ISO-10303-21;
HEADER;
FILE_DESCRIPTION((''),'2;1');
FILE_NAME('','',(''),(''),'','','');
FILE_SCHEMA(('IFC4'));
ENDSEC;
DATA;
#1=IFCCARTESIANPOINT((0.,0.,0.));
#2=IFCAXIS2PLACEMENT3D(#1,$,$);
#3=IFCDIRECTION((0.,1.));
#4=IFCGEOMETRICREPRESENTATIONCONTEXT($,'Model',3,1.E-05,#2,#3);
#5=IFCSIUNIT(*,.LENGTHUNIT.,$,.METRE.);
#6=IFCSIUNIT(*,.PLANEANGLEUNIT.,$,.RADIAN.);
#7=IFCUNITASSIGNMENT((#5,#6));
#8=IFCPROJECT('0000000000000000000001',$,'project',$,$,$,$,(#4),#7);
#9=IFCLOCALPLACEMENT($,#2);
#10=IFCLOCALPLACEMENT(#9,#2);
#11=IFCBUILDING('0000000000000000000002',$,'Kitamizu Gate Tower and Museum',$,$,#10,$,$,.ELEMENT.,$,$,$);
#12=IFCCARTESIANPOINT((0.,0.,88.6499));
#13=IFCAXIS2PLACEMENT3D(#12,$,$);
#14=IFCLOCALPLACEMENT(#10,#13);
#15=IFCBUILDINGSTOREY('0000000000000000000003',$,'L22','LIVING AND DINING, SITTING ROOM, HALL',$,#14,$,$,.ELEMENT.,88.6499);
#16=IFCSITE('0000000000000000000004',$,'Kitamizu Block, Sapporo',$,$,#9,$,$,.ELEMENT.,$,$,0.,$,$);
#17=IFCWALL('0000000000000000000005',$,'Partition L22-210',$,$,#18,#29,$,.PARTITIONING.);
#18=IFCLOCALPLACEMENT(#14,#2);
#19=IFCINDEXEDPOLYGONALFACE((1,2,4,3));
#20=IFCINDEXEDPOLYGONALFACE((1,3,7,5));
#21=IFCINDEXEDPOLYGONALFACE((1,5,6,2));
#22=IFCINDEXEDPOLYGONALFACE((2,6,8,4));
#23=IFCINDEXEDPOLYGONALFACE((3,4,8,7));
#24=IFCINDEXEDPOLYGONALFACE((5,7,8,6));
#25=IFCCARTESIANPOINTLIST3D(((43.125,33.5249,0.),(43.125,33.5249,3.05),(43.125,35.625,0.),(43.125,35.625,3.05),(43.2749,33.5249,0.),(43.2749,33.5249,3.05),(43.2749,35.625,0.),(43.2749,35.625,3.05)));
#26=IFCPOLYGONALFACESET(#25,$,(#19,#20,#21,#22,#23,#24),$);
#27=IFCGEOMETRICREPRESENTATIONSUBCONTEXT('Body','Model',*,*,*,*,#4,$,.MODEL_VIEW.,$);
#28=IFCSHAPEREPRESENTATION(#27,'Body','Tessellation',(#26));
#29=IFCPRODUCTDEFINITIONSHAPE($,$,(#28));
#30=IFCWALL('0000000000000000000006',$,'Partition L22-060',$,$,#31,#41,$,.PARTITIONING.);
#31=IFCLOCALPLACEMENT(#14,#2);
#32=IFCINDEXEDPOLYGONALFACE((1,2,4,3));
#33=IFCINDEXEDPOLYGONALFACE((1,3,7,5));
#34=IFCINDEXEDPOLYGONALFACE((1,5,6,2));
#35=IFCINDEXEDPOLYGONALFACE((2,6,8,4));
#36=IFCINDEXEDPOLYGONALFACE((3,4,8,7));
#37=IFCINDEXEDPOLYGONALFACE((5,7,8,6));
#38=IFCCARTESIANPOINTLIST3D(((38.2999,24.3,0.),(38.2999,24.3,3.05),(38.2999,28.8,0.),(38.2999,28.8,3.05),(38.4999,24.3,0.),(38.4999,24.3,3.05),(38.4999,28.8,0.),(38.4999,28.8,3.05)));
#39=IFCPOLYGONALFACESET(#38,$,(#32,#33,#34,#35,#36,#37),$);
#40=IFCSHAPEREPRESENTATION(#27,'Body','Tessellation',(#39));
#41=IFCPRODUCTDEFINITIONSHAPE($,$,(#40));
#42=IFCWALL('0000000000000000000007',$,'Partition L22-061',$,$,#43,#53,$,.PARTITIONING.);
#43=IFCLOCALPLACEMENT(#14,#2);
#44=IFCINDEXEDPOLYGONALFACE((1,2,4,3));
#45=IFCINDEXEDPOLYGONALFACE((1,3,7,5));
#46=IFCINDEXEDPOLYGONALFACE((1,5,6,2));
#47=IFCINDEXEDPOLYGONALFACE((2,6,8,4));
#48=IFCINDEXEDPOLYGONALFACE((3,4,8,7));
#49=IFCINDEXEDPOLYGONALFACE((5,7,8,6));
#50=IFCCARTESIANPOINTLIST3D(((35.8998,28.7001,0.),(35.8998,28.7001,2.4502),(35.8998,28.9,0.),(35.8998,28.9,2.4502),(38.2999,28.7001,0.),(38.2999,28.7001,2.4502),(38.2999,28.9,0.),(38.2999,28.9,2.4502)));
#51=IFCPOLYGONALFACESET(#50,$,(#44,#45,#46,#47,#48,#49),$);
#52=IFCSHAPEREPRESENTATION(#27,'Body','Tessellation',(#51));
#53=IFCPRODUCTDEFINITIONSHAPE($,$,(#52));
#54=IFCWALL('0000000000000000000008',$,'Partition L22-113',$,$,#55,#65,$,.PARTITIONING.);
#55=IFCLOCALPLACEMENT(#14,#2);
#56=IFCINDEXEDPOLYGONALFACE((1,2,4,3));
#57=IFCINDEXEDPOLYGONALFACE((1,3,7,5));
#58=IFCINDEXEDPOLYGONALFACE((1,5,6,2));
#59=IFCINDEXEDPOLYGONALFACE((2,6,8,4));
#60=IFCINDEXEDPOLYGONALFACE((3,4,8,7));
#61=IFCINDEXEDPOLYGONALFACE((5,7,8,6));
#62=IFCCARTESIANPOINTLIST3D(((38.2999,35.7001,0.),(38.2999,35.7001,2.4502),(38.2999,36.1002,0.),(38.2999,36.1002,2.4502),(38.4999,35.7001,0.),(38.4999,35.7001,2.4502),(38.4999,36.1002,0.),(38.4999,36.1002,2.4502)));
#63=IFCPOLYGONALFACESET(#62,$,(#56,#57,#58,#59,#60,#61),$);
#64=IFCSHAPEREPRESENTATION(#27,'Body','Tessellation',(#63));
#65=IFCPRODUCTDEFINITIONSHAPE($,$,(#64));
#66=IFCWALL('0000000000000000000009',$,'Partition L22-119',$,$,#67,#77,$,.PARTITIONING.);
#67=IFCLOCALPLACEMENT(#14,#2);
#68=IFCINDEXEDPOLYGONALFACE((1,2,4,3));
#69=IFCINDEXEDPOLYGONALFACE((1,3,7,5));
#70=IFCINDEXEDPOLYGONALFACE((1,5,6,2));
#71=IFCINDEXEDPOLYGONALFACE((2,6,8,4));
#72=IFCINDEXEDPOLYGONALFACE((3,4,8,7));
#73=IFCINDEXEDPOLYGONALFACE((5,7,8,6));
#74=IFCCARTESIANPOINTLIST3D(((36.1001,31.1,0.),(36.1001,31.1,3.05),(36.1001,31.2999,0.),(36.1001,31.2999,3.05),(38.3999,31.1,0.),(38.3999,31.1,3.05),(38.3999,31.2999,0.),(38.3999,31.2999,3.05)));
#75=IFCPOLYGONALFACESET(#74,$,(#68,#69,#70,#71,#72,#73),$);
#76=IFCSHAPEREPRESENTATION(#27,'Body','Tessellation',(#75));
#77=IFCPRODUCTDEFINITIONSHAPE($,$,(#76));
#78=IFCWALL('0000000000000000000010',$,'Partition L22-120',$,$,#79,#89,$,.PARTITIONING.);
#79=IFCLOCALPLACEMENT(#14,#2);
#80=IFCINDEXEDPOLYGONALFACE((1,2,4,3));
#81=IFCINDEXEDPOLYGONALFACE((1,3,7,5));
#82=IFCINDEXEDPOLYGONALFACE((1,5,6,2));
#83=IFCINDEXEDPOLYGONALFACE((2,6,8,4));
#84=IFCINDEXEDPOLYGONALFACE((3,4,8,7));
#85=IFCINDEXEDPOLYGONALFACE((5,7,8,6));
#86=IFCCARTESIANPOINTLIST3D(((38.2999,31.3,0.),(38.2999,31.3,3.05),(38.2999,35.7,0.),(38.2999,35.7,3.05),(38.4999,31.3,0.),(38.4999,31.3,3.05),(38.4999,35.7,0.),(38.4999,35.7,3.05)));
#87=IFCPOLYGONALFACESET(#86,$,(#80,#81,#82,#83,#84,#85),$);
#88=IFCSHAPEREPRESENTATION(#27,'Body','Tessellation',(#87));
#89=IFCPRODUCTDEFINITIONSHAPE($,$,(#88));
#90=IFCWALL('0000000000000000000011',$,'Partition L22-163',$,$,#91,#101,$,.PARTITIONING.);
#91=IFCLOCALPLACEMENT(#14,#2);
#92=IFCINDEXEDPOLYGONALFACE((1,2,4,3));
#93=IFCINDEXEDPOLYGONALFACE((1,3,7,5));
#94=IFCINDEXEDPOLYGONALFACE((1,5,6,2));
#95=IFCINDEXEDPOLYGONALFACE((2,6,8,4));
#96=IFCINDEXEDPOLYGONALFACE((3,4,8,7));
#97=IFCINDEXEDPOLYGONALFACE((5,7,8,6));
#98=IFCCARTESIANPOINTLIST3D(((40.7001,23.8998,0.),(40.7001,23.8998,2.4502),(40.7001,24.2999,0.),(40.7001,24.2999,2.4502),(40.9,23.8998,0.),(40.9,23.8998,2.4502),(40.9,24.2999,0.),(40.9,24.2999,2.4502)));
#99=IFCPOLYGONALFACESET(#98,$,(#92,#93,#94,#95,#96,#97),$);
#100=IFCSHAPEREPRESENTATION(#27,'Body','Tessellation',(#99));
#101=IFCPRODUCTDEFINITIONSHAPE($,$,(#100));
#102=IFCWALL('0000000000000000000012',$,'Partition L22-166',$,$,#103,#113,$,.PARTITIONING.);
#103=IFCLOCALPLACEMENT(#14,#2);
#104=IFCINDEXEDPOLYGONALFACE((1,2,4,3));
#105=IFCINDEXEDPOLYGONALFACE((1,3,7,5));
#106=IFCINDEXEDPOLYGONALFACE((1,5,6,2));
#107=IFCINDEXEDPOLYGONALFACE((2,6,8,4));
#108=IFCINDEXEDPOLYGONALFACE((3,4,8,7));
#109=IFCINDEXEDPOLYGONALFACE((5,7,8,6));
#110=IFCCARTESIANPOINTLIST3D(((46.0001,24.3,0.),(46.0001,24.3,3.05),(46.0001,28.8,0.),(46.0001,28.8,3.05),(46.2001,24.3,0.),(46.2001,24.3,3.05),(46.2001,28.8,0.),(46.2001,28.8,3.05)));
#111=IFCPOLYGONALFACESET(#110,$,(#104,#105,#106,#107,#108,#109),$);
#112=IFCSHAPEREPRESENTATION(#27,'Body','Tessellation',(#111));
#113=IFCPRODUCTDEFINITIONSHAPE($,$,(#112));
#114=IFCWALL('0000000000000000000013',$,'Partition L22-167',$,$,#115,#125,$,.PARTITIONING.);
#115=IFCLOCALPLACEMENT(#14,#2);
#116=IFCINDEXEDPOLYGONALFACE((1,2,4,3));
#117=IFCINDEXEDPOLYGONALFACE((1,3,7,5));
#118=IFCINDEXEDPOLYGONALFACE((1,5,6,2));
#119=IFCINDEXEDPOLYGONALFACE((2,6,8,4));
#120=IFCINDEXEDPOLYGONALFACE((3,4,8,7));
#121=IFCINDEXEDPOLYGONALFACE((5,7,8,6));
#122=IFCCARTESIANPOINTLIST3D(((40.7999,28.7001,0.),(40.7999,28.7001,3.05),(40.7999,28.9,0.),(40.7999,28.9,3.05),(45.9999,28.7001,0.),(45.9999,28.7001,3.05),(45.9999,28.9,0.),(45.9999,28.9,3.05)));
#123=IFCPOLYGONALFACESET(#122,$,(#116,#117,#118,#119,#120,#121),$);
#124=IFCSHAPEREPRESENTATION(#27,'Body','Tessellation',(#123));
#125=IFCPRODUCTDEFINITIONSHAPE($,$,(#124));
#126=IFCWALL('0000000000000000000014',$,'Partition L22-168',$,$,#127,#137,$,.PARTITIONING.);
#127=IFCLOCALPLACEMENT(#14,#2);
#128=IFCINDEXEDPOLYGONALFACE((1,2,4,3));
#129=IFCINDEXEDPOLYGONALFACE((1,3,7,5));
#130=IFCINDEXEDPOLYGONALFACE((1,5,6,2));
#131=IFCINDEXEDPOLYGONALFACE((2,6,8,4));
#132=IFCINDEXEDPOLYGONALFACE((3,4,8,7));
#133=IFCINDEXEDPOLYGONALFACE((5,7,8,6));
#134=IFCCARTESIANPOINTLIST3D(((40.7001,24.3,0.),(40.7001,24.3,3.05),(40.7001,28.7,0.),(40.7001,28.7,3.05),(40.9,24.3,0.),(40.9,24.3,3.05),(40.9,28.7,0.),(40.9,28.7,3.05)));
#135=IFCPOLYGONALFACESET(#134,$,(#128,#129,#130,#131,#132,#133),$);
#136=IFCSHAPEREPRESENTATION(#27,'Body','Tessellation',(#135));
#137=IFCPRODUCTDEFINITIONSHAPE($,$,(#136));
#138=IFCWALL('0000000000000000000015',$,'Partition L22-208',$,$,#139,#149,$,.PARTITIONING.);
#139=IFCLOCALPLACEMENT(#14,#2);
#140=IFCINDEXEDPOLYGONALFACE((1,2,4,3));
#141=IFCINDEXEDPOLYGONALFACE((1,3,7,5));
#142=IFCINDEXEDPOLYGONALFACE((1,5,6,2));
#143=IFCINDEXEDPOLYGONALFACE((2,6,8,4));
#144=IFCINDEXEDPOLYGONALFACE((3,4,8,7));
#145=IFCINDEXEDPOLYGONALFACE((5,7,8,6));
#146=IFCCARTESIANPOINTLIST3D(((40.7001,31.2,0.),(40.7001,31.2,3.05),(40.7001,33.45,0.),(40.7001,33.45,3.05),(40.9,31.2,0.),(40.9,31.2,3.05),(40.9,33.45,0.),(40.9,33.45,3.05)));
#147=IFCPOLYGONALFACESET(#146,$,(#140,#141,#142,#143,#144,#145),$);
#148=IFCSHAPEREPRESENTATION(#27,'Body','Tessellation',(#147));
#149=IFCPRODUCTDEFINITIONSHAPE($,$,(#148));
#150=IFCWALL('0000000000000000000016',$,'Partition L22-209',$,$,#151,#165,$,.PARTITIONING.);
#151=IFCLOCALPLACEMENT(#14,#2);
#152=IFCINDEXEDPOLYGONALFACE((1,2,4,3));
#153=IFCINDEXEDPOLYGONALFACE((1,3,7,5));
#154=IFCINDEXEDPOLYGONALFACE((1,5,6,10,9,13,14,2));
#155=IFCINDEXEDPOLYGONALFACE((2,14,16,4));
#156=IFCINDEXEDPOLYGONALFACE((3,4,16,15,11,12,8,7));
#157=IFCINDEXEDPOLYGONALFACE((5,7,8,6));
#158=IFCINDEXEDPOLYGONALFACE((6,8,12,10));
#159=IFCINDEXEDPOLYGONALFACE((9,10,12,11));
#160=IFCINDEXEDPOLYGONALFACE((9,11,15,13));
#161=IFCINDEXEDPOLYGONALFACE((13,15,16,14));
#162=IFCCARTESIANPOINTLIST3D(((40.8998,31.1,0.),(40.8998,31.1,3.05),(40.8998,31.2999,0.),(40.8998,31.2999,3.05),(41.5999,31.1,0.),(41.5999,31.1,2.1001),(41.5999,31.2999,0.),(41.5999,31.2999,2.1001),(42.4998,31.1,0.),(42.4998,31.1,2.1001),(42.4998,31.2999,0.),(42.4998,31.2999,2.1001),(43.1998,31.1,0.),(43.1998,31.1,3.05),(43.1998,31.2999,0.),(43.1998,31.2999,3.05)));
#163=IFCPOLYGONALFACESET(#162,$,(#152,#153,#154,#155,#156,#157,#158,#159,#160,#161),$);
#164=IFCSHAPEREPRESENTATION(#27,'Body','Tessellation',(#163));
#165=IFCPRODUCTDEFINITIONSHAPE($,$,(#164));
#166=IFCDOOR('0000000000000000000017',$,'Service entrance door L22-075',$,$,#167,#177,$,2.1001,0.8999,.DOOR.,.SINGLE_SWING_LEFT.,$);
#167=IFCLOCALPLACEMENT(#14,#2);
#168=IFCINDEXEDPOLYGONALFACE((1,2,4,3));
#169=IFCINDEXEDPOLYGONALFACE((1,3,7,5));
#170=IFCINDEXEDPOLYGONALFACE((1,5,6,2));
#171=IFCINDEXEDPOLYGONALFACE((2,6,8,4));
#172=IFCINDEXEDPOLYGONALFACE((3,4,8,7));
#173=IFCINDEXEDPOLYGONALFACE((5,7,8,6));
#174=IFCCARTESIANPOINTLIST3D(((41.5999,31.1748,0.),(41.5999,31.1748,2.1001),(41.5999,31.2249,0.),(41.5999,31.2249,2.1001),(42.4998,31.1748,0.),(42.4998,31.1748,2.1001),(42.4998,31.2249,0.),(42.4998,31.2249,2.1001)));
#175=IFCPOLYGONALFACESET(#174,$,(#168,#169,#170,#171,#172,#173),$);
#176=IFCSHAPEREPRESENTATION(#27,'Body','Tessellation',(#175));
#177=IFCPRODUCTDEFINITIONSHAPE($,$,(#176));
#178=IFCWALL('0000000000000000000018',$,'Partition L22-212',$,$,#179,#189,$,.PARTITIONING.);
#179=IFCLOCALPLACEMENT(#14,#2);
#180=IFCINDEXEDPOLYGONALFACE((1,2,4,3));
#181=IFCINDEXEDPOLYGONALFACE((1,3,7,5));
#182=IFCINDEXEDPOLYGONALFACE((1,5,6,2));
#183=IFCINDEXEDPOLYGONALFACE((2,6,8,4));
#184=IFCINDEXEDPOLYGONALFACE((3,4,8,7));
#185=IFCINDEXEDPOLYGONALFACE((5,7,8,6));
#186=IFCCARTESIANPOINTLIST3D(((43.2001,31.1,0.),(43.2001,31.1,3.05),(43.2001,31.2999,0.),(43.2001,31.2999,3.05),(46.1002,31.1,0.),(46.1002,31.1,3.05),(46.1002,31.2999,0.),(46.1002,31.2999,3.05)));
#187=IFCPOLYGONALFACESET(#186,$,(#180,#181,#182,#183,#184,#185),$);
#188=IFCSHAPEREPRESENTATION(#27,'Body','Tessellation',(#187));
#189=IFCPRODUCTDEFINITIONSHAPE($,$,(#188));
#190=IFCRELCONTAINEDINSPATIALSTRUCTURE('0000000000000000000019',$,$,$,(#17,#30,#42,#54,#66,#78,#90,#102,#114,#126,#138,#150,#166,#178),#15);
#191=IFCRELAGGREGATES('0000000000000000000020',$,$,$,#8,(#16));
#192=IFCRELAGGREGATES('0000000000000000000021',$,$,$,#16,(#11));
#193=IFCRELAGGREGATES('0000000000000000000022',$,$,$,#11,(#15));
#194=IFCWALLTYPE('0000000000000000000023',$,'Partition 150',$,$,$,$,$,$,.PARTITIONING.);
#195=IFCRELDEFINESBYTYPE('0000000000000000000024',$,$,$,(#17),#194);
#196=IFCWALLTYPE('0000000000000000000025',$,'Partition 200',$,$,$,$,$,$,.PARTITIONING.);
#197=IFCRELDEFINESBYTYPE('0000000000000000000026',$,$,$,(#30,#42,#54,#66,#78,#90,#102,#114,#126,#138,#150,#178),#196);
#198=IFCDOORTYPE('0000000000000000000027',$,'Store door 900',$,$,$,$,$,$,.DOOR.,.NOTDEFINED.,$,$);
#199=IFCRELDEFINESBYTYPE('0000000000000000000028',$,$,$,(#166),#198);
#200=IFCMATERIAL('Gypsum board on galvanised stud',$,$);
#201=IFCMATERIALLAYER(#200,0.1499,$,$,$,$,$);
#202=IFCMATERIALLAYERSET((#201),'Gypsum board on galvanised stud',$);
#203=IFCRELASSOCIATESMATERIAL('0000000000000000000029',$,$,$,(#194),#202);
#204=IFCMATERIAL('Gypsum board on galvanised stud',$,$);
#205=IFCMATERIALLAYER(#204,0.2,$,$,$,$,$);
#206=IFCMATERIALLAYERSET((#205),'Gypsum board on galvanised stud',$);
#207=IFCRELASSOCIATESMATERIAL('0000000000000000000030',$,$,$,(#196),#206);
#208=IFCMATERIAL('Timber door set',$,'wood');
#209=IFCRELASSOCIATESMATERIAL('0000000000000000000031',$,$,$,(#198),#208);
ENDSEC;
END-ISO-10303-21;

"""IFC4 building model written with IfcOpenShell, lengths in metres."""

from ifc_helpers import new_model, si_unit, direction, frame, frame_2d, origin, place, context, subcontext, project, spatial, rectangle, extrude, material, layer, layer_set, type_object, element, fill, save


model = new_model("IFC4")

# Units and contexts
model_context = context("Model", 3, precision=1e-05, world=origin(), true_north=direction((0.0, 1.0)))
body_context = subcontext(model_context, "Body", "Model", "MODEL_VIEW")
ifc_project = project(units=[si_unit("LENGTHUNIT", "METRE"), si_unit("PLANEANGLEUNIT", "RADIAN")], contexts=[model_context])

# Site, building, storey
site_placement = place(None, origin())
site = spatial("IfcSite", under=ifc_project, at=site_placement, Name="Kitamizu Block, Sapporo", CompositionType="ELEMENT", RefElevation=0.0)
building_placement = place(site_placement, origin())
building = spatial("IfcBuilding", under=site, at=building_placement, Name="Kitamizu Gate Tower and Museum", CompositionType="ELEMENT")
storey_placement = place(building_placement, frame((0.0, 0.0, 88.6499)))
storey = spatial("IfcBuildingStorey", under=building, at=storey_placement, Name="L22", Description="LIVING AND DINING, SITTING ROOM, HALL", CompositionType="ELEMENT", Elevation=88.6499)

# Walls
ifc_material_1 = material(Name="Gypsum board on galvanised stud")
ifc_layer_1 = layer(ifc_material_1, 0.1499)
ifc_layer_set_1 = layer_set([ifc_layer_1], Name="Gypsum board on galvanised stud")
wall_type_1 = type_object("IfcWallType", Name="Partition 150", PredefinedType="PARTITIONING", material=ifc_layer_set_1)
wall_1_placement = place(storey_placement, frame((43.2, 33.5249, 0.0), z_axis=(0.0, 0.0, 1.0), x_axis=(0.0, 1.0, 0.0)))
element("IfcWall", 1, at=wall_1_placement, inside=storey, type_object=wall_type_1, Name="Partition L22-210", PredefinedType="PARTITIONING", context=body_context, shape_type="SweptSolid", body=[
    extrude(rectangle(XDim=2.1001, YDim=0.1499, at=frame_2d((1.05, 0.0))), origin(), (0.0, 0.0, 1.0), 3.05),
])
ifc_material_2 = material(Name="Gypsum board on galvanised stud")
ifc_layer_2 = layer(ifc_material_2, 0.2)
ifc_layer_set_2 = layer_set([ifc_layer_2], Name="Gypsum board on galvanised stud")
wall_type_2 = type_object("IfcWallType", Name="Partition 200", PredefinedType="PARTITIONING", material=ifc_layer_set_2)
wall_2_placement = place(storey_placement, frame((38.3999, 24.3, 0.0), z_axis=(0.0, 0.0, 1.0), x_axis=(0.0, 1.0, 0.0)))
element("IfcWall", 2, at=wall_2_placement, inside=storey, type_object=wall_type_2, Name="Partition L22-060", PredefinedType="PARTITIONING", context=body_context, shape_type="SweptSolid", body=[
    extrude(rectangle(XDim=4.5, YDim=0.2, at=frame_2d((2.25, 0.0))), origin(), (0.0, 0.0, 1.0), 3.05),
])
wall_3_placement = place(storey_placement, frame((38.3, 28.8, 0.0), z_axis=(0.0, 0.0, 1.0), x_axis=(-1.0, 0.0, 0.0)))
element("IfcWall", 3, at=wall_3_placement, inside=storey, type_object=wall_type_2, Name="Partition L22-061", PredefinedType="PARTITIONING", context=body_context, shape_type="SweptSolid", body=[
    extrude(rectangle(XDim=2.4001, YDim=0.2, at=frame_2d((1.2002, 0.0))), origin(), (0.0, 0.0, 1.0), 2.4502),
])
wall_4_placement = place(storey_placement, frame((38.3999, 35.7, 0.0), z_axis=(0.0, 0.0, 1.0), x_axis=(0.0, 1.0, 0.0)))
element("IfcWall", 4, at=wall_4_placement, inside=storey, type_object=wall_type_2, Name="Partition L22-113", PredefinedType="PARTITIONING", context=body_context, shape_type="SweptSolid", body=[
    extrude(rectangle(XDim=0.4001, YDim=0.2, at=frame_2d((0.2002, 0.0))), origin(), (0.0, 0.0, 1.0), 2.4502),
])
wall_5_placement = place(storey_placement, frame((36.1001, 31.2, 0.0), z_axis=(0.0, 0.0, 1.0), x_axis=(1.0, 0.0, 0.0)))
element("IfcWall", 5, at=wall_5_placement, inside=storey, type_object=wall_type_2, Name="Partition L22-119", PredefinedType="PARTITIONING", context=body_context, shape_type="SweptSolid", body=[
    extrude(rectangle(XDim=2.2998, YDim=0.2, at=frame_2d((1.1499, 0.0))), origin(), (0.0, 0.0, 1.0), 3.05),
])
wall_6_placement = place(storey_placement, frame((38.3999, 31.3, 0.0), z_axis=(0.0, 0.0, 1.0), x_axis=(0.0, 1.0, 0.0)))
element("IfcWall", 6, at=wall_6_placement, inside=storey, type_object=wall_type_2, Name="Partition L22-120", PredefinedType="PARTITIONING", context=body_context, shape_type="SweptSolid", body=[
    extrude(rectangle(XDim=4.3999, YDim=0.2, at=frame_2d((2.2, 0.0))), origin(), (0.0, 0.0, 1.0), 3.05),
])
wall_7_placement = place(storey_placement, frame((40.8, 24.3, 0.0), z_axis=(0.0, 0.0, 1.0), x_axis=(0.0, -1.0, 0.0)))
element("IfcWall", 7, at=wall_7_placement, inside=storey, type_object=wall_type_2, Name="Partition L22-163", PredefinedType="PARTITIONING", context=body_context, shape_type="SweptSolid", body=[
    extrude(rectangle(XDim=0.4001, YDim=0.2, at=frame_2d((0.2002, 0.0))), origin(), (0.0, 0.0, 1.0), 2.4502),
])
wall_8_placement = place(storey_placement, frame((46.1001, 24.3, 0.0), z_axis=(0.0, 0.0, 1.0), x_axis=(0.0, 1.0, 0.0)))
element("IfcWall", 8, at=wall_8_placement, inside=storey, type_object=wall_type_2, Name="Partition L22-166", PredefinedType="PARTITIONING", context=body_context, shape_type="SweptSolid", body=[
    extrude(rectangle(XDim=4.5, YDim=0.2, at=frame_2d((2.25, 0.0))), origin(), (0.0, 0.0, 1.0), 3.05),
])
wall_9_placement = place(storey_placement, frame((46.0, 28.8, 0.0), z_axis=(0.0, 0.0, 1.0), x_axis=(-1.0, 0.0, 0.0)))
element("IfcWall", 9, at=wall_9_placement, inside=storey, type_object=wall_type_2, Name="Partition L22-167", PredefinedType="PARTITIONING", context=body_context, shape_type="SweptSolid", body=[
    extrude(rectangle(XDim=5.2, YDim=0.2, at=frame_2d((2.6001, 0.0))), origin(), (0.0, 0.0, 1.0), 3.05),
])
wall_10_placement = place(storey_placement, frame((40.8, 28.7, 0.0), z_axis=(0.0, 0.0, 1.0), x_axis=(0.0, -1.0, 0.0)))
element("IfcWall", 10, at=wall_10_placement, inside=storey, type_object=wall_type_2, Name="Partition L22-168", PredefinedType="PARTITIONING", context=body_context, shape_type="SweptSolid", body=[
    extrude(rectangle(XDim=4.3999, YDim=0.2, at=frame_2d((2.2, 0.0))), origin(), (0.0, 0.0, 1.0), 3.05),
])
wall_11_placement = place(storey_placement, frame((40.8, 33.45, 0.0), z_axis=(0.0, 0.0, 1.0), x_axis=(0.0, -1.0, 0.0)))
element("IfcWall", 11, at=wall_11_placement, inside=storey, type_object=wall_type_2, Name="Partition L22-208", PredefinedType="PARTITIONING", context=body_context, shape_type="SweptSolid", body=[
    extrude(rectangle(XDim=2.25, YDim=0.2, at=frame_2d((1.125, 0.0))), origin(), (0.0, 0.0, 1.0), 3.05),
])

# Wall, opening, door
wall_12_placement = place(storey_placement, frame((40.8999, 31.2, 0.0), z_axis=(0.0, 0.0, 1.0), x_axis=(1.0, 0.0, 0.0)))
wall_12 = element("IfcWall", 12, at=wall_12_placement, inside=storey, type_object=wall_type_2, Name="Partition L22-209", PredefinedType="PARTITIONING", context=body_context, shape_type="SweptSolid", body=[
    extrude(rectangle(XDim=2.3, YDim=0.2, at=frame_2d((1.1499, 0.0))), origin(), (0.0, 0.0, 1.0), 3.05),
])
opening_1_placement = place(wall_12_placement, frame((0.7, 0.0, 0.0)))
opening_1 = element("IfcOpeningElement", 13, at=opening_1_placement, cuts=wall_12, PredefinedType="OPENING", context=body_context, shape_type="SweptSolid", body=[
    extrude(rectangle(XDim=0.8999, YDim=2.1001, at=frame_2d((0.45, 1.05))), frame((0.0, 0.1099, 0.0), z_axis=(0.0, -1.0, 0.0), x_axis=(1.0, 0.0, 0.0)), (0.0, 0.0, 1.0), 0.22),
])
ifc_material_3 = material(Name="Timber door set", Category="wood")
door_type_1 = type_object("IfcDoorType", Name="Store door 900", OperationType="NOTDEFINED", PredefinedType="DOOR", material=ifc_material_3)
door_1_placement = place(opening_1_placement, origin())
door_1 = element("IfcDoor", 14, at=door_1_placement, inside=storey, type_object=door_type_1, Name="Service entrance door L22-075", OperationType="SINGLE_SWING_LEFT", OverallHeight=2.1001, OverallWidth=0.8999, PredefinedType="DOOR", context=body_context, shape_type="SweptSolid", body=[
    extrude(rectangle(XDim=0.8999, YDim=2.1001, at=frame_2d((0.45, 1.05))), frame((0.0, 0.0249, 0.0), z_axis=(0.0, -1.0, 0.0), x_axis=(1.0, 0.0, 0.0)), (0.0, 0.0, 1.0), 0.05),
])
fill(opening_1, door_1)

# Wall
wall_13_placement = place(storey_placement, frame((43.2, 31.2, 0.0), z_axis=(0.0, 0.0, 1.0), x_axis=(1.0, 0.0, 0.0)))
element("IfcWall", 15, at=wall_13_placement, inside=storey, type_object=wall_type_2, Name="Partition L22-212", PredefinedType="PARTITIONING", context=body_context, shape_type="SweptSolid", body=[
    extrude(rectangle(XDim=2.9001, YDim=0.2, at=frame_2d((1.4502, 0.0))), origin(), (0.0, 0.0, 1.0), 3.05),
])

save(model, "model.ifc")
